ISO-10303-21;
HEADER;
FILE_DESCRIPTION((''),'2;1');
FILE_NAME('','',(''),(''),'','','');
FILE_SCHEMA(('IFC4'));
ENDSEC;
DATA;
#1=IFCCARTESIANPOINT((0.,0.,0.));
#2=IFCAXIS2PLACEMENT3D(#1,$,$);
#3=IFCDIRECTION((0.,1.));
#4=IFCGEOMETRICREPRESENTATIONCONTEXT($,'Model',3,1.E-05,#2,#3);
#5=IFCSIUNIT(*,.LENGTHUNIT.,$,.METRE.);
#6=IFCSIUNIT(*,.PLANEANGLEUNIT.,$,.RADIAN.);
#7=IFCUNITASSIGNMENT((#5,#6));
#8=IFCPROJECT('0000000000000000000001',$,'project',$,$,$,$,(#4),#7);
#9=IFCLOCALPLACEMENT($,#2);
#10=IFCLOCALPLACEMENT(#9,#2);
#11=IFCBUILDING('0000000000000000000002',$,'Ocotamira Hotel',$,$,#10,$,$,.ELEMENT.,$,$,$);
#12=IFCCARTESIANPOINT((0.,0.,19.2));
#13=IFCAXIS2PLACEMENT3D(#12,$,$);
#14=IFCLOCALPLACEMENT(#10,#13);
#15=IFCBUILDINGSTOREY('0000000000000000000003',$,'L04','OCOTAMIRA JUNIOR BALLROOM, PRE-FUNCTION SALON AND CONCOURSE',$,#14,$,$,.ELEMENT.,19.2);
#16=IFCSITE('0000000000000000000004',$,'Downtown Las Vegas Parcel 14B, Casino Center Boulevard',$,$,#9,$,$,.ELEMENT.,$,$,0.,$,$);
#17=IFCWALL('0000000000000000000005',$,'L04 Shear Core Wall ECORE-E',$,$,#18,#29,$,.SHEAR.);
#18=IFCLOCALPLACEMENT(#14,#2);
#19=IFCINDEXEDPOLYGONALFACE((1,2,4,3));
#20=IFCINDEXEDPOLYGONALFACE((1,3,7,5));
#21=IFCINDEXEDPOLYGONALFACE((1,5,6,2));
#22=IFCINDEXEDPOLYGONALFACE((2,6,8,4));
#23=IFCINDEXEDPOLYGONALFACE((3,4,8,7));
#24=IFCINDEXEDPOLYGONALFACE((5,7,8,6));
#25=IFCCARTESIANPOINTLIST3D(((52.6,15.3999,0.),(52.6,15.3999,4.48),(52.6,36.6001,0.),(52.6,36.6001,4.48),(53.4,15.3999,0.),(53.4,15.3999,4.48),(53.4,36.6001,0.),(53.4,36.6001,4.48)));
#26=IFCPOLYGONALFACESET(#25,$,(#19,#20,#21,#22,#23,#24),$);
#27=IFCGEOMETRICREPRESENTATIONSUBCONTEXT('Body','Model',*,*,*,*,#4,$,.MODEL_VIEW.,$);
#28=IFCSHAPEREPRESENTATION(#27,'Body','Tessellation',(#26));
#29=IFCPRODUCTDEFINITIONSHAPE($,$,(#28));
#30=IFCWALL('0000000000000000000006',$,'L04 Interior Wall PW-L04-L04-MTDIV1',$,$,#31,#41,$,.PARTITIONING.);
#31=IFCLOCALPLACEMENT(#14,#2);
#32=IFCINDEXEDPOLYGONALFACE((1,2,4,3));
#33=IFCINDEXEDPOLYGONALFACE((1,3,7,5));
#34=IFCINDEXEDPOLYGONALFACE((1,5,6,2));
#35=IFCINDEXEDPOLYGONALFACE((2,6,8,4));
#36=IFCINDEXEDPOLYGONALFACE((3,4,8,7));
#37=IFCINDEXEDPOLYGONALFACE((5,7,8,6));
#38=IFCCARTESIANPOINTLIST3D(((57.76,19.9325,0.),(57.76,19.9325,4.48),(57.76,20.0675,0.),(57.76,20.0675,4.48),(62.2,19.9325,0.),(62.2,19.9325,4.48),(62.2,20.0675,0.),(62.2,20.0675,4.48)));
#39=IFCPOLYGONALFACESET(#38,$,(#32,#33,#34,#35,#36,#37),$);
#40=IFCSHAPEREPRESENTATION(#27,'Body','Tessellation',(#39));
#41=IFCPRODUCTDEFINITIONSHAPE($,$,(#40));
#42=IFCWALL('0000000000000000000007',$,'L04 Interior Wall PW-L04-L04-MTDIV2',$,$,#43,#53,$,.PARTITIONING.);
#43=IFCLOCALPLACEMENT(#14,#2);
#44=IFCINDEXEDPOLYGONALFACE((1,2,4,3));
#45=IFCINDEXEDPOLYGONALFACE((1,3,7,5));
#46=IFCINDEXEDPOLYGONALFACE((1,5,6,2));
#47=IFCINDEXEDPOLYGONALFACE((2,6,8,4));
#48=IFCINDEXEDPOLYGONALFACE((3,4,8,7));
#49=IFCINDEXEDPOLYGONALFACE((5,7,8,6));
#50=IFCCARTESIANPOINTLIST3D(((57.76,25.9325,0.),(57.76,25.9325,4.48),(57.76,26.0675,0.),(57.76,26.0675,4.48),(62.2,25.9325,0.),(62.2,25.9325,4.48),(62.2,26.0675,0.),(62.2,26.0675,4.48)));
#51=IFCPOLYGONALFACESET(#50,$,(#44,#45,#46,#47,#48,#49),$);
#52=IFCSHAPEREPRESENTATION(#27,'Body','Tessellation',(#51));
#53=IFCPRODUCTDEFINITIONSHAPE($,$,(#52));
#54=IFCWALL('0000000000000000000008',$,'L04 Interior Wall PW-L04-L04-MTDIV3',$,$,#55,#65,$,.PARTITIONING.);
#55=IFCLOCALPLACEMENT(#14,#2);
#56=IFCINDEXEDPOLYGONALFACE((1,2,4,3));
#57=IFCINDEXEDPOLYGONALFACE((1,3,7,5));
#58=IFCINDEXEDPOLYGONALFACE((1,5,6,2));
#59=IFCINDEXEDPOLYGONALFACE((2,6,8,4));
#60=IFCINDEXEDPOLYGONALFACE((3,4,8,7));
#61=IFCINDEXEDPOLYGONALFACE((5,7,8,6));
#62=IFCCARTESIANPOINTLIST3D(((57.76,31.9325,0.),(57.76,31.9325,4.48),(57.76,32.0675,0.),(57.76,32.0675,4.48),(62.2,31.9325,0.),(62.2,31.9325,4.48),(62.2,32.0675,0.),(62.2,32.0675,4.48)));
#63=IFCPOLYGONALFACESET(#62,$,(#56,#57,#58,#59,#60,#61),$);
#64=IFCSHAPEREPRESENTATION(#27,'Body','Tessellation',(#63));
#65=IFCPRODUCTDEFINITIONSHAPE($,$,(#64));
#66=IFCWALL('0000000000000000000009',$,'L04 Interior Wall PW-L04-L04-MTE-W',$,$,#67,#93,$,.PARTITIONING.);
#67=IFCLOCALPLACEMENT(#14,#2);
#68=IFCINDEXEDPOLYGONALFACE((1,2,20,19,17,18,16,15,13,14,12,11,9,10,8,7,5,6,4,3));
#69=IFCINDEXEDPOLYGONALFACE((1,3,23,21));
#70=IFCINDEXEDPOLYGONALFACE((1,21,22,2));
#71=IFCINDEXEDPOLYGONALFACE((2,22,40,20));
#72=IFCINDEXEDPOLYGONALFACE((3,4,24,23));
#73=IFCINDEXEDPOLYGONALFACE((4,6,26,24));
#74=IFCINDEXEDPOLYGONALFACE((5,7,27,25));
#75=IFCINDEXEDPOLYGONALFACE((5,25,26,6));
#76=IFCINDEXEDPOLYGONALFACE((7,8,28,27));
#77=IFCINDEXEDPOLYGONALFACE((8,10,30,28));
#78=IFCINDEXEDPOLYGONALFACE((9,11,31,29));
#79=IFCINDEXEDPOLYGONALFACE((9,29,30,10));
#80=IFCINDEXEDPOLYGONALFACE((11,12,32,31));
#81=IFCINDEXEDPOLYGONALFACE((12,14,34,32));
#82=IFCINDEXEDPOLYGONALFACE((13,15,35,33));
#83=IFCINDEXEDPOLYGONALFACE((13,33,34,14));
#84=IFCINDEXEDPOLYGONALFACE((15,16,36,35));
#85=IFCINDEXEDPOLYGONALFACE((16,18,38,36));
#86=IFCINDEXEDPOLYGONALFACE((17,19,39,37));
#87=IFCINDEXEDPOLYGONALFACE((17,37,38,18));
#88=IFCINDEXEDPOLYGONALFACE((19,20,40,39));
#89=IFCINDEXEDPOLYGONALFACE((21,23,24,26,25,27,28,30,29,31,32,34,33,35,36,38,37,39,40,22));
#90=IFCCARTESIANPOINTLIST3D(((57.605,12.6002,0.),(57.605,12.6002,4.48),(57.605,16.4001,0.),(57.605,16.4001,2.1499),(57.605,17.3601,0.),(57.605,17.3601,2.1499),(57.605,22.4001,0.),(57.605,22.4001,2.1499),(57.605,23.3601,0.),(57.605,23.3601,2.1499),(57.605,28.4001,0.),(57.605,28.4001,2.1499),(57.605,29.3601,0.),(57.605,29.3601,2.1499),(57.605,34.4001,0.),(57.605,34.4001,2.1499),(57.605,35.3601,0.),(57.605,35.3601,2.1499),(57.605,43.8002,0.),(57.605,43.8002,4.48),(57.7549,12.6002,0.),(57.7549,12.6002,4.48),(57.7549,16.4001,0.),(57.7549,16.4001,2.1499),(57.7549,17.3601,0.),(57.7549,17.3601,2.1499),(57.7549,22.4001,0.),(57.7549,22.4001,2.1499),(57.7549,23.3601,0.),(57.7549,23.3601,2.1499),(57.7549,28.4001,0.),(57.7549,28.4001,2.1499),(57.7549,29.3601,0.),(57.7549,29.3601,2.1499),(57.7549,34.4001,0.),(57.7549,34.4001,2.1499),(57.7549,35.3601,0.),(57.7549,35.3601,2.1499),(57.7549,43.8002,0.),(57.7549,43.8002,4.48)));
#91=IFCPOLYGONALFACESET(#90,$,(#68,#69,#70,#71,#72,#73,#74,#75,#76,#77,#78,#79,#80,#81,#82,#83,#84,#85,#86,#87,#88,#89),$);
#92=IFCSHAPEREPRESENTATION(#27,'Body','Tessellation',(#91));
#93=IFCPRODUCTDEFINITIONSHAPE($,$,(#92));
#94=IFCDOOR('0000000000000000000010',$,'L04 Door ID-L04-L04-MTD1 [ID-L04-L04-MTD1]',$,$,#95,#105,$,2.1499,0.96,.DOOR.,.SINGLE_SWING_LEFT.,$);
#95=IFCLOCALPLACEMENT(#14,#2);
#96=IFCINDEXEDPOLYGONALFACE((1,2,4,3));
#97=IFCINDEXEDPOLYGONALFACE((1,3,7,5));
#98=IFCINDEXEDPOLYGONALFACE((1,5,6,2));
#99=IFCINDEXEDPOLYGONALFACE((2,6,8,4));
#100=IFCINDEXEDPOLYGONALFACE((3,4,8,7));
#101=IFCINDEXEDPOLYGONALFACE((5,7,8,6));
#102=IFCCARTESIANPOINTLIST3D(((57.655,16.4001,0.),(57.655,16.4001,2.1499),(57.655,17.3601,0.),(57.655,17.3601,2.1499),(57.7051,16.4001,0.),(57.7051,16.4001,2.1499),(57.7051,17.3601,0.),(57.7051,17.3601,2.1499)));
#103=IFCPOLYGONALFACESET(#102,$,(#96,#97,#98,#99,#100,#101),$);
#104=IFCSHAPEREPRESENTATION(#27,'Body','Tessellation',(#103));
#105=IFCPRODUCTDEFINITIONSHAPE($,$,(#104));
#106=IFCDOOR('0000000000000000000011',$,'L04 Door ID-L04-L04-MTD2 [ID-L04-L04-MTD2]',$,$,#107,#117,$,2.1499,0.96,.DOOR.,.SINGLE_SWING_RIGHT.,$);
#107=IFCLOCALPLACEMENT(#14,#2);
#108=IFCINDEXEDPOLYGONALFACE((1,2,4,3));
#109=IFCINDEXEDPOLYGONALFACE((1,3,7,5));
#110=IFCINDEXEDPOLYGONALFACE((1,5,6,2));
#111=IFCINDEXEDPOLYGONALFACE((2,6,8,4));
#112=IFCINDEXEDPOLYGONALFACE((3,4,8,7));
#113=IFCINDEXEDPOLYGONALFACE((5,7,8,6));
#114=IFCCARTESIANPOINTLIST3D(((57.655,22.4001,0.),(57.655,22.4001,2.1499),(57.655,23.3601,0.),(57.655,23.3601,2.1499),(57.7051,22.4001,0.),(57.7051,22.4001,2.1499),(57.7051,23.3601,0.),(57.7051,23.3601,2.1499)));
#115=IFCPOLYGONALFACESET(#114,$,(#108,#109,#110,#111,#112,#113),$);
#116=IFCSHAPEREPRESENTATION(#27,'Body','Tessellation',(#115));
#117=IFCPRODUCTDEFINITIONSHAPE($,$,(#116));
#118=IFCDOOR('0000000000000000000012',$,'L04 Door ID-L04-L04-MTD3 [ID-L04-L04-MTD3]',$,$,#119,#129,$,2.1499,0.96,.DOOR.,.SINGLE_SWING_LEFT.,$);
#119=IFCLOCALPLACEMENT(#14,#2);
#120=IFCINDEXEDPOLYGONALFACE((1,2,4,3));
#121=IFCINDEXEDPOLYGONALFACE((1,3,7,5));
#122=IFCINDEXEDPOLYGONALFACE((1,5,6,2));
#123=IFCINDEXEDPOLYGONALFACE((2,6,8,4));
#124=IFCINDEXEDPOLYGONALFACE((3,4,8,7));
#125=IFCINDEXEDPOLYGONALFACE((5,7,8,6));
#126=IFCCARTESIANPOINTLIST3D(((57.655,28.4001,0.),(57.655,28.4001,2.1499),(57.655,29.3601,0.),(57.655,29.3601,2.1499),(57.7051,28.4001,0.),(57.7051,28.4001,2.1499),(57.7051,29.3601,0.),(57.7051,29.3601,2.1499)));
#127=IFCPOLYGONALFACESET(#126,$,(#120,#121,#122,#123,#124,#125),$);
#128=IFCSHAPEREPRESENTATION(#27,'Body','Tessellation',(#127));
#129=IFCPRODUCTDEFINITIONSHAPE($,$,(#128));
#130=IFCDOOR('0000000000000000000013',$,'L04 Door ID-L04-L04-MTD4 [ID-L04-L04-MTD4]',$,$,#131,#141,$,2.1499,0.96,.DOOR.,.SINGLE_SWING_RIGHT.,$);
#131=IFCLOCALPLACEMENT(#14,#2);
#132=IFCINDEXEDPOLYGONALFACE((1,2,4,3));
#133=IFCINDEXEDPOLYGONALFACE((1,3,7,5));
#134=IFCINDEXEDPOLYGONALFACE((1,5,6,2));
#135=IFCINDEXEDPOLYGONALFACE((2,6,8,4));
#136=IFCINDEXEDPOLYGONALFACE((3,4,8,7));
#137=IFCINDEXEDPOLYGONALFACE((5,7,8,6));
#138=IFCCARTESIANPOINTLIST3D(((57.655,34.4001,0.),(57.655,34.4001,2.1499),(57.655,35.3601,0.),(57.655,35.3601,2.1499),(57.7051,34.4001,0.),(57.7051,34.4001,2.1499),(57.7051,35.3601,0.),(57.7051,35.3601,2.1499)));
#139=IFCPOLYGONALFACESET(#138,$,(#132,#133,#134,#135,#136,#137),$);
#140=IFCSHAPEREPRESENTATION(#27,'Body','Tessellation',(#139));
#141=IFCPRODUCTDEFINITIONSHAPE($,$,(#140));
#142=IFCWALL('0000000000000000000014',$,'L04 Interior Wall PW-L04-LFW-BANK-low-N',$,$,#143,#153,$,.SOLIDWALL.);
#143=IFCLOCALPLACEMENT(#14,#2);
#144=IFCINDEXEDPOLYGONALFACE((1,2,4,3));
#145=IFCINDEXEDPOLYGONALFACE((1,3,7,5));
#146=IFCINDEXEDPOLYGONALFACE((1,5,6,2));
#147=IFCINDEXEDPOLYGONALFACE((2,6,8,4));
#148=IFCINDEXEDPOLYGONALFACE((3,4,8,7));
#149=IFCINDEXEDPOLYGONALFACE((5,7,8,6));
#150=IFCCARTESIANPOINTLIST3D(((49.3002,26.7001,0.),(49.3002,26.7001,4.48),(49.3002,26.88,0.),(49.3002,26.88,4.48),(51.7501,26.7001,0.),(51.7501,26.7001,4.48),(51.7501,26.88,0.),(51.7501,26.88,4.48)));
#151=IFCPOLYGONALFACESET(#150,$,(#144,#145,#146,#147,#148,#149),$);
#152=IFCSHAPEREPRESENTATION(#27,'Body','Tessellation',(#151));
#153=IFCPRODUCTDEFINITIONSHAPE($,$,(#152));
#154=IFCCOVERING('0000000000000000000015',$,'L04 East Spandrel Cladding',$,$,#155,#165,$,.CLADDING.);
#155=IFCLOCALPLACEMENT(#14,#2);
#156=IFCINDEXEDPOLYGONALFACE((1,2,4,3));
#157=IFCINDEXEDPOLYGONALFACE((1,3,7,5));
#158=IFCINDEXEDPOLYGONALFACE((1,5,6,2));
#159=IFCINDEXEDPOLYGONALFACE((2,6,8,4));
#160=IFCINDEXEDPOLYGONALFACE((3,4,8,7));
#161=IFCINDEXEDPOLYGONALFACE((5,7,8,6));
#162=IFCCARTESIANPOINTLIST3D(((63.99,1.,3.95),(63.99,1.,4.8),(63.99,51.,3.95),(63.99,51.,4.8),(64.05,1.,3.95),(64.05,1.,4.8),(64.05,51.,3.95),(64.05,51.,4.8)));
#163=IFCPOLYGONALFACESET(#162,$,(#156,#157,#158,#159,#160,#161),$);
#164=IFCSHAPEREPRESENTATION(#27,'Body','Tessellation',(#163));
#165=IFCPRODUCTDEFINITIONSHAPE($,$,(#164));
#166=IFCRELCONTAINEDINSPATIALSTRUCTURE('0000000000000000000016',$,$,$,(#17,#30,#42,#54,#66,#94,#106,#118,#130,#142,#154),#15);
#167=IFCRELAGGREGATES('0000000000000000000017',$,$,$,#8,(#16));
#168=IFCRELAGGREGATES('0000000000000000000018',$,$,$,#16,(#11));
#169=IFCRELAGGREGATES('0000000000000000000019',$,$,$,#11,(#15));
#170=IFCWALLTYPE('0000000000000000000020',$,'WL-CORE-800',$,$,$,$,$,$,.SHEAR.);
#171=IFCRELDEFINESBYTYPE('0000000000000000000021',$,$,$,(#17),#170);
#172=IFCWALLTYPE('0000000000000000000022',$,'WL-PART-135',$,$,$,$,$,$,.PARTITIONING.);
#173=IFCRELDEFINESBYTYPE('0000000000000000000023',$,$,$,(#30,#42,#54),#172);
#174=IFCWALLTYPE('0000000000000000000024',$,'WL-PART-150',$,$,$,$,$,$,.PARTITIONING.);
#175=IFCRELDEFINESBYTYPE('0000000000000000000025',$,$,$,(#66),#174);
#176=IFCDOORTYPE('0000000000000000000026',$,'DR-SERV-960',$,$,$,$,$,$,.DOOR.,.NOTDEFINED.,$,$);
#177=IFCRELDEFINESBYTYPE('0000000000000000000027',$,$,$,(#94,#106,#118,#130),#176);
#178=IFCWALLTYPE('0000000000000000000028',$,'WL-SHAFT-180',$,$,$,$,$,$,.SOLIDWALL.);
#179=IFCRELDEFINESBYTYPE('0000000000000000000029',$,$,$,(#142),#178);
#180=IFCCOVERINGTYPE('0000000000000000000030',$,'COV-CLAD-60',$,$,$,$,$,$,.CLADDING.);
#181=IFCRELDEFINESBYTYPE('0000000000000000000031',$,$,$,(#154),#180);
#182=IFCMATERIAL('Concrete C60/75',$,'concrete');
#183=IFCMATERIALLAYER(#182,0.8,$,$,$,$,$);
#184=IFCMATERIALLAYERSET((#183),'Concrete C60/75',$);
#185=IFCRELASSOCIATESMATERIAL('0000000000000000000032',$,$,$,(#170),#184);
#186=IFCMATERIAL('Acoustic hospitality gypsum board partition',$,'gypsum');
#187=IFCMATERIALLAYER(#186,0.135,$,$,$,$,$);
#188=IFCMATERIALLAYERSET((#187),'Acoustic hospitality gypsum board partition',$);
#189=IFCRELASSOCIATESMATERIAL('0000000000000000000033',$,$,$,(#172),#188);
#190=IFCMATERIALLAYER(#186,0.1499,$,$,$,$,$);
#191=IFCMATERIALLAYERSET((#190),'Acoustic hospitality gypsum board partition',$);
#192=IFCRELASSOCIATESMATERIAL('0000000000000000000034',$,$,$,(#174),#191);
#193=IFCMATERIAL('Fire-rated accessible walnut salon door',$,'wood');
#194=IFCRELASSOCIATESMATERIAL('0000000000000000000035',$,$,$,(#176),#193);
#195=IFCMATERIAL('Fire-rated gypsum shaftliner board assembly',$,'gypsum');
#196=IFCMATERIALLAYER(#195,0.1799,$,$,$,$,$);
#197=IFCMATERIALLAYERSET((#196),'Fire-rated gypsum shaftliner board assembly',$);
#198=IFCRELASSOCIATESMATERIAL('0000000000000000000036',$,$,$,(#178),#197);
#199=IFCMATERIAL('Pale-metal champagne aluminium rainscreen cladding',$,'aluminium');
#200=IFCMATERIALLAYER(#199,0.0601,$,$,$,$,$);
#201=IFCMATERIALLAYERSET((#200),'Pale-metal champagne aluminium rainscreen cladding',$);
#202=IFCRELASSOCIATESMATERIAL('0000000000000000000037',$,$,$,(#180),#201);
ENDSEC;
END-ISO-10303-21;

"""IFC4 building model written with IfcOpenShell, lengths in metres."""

from ifc_helpers import new_model, si_unit, direction, frame, frame_2d, origin, origin_2d, place, context, subcontext, project, spatial, rectangle, extrude, source, transform, mapped, material, layer, layer_set, type_object, element, fill, save


model = new_model("IFC4")

# Units and contexts
model_context = context("Model", 3, precision=1e-05, world=origin(), true_north=direction((0.0, 1.0)))
body_context = subcontext(model_context, "Body", "Model", "MODEL_VIEW")
ifc_project = project(units=[si_unit("LENGTHUNIT", "METRE"), si_unit("PLANEANGLEUNIT", "RADIAN")], contexts=[model_context])

# Site, building, storey
site_placement = place(None, origin())
site = spatial("IfcSite", under=ifc_project, at=site_placement, Name="Downtown Las Vegas Parcel 14B, Casino Center Boulevard", CompositionType="ELEMENT", RefElevation=0.0)
building_placement = place(site_placement, origin())
building = spatial("IfcBuilding", under=site, at=building_placement, Name="Ocotamira Hotel", CompositionType="ELEMENT")
storey_placement = place(building_placement, frame((0.0, 0.0, 19.2)))
storey = spatial("IfcBuildingStorey", under=building, at=storey_placement, Name="L04", Description="OCOTAMIRA JUNIOR BALLROOM, PRE-FUNCTION SALON AND CONCOURSE", CompositionType="ELEMENT", Elevation=19.2)

# Shared definitions
ifc_material_1 = material(Name="Concrete C60/75", Category="concrete")

# Walls
ifc_layer_1 = layer(ifc_material_1, 0.8)
ifc_layer_set_1 = layer_set([ifc_layer_1], Name="Concrete C60/75")
wall_type_1 = type_object("IfcWallType", Name="WL-CORE-800", PredefinedType="SHEAR", material=ifc_layer_set_1)
wall_1_placement = place(storey_placement, frame((53.0, 15.3999, 0.0), z_axis=(0.0, 0.0, 1.0), x_axis=(0.0, 1.0, 0.0)))
element("IfcWall", 1, at=wall_1_placement, inside=storey, type_object=wall_type_1, Name="L04 Shear Core Wall ECORE-E", PredefinedType="SHEAR", context=body_context, shape_type="SweptSolid", body=[
    extrude(rectangle(XDim=21.2002, YDim=0.8, at=frame_2d((10.6001, 0.0))), origin(), (0.0, 0.0, 1.0), 4.48),
])
ifc_material_2 = material(Name="Acoustic hospitality gypsum board partition", Category="gypsum")
ifc_layer_2 = layer(ifc_material_2, 0.135)
ifc_layer_set_2 = layer_set([ifc_layer_2], Name="Acoustic hospitality gypsum board partition")
wall_type_2 = type_object("IfcWallType", Name="WL-PART-135", PredefinedType="PARTITIONING", material=ifc_layer_set_2)
for number, where, z_axis, x_axis, name in (
    (2, (57.76, 20.0, 0.0), (0.0, 0.0, 1.0), (1.0, 0.0, 0.0), "L04 Interior Wall PW-L04-L04-MTDIV1"),
    (3, (57.76, 26.0, 0.0), (0.0, 0.0, 1.0), (1.0, 0.0, 0.0), "L04 Interior Wall PW-L04-L04-MTDIV2"),
    (4, (57.76, 32.0, 0.0), (0.0, 0.0, 1.0), (1.0, 0.0, 0.0), "L04 Interior Wall PW-L04-L04-MTDIV3"),
):
    element("IfcWall", number, at=place(storey_placement, frame(where, z_axis=z_axis, x_axis=x_axis)), inside=storey, type_object=wall_type_2, Name=name, PredefinedType="PARTITIONING", context=body_context, shape_type="SweptSolid", body=[
        extrude(rectangle(XDim=4.4399, YDim=0.135, at=frame_2d((2.22, 0.0))), origin(), (0.0, 0.0, 1.0), 4.48),
    ])

# Wall, openings, doors
ifc_layer_3 = layer(ifc_material_2, 0.1499)
ifc_layer_set_3 = layer_set([ifc_layer_3], Name="Acoustic hospitality gypsum board partition")
wall_type_3 = type_object("IfcWallType", Name="WL-PART-150", PredefinedType="PARTITIONING", material=ifc_layer_set_3)
wall_2_placement = place(storey_placement, frame((57.6799, 12.6001, 0.0), z_axis=(0.0, 0.0, 1.0), x_axis=(0.0, 1.0, 0.0)))
wall_2 = element("IfcWall", 5, at=wall_2_placement, inside=storey, type_object=wall_type_3, Name="L04 Interior Wall PW-L04-L04-MTE-W", PredefinedType="PARTITIONING", context=body_context, shape_type="SweptSolid", body=[
    extrude(rectangle(XDim=31.2, YDim=0.1499, at=frame_2d((15.6001, 0.0))), origin(), (0.0, 0.0, 1.0), 4.48),
])
opening_1_placement = place(wall_2_placement, frame((3.8, 0.0, 0.0)))
opening_1 = element("IfcOpeningElement", 6, at=opening_1_placement, cuts=wall_2, PredefinedType="OPENING", context=body_context, shape_type="SweptSolid", body=[
    extrude(rectangle(XDim=0.96, YDim=2.1499, at=frame_2d((0.48, 1.075))), frame((0.0, 0.085, 0.0), z_axis=(0.0, -1.0, 0.0), x_axis=(1.0, 0.0, 0.0)), (0.0, 0.0, 1.0), 0.1699),
])
opening_2_placement = place(wall_2_placement, frame((9.8, 0.0, 0.0)))
opening_2 = element("IfcOpeningElement", 7, at=opening_2_placement, cuts=wall_2, PredefinedType="OPENING", context=body_context, shape_type="SweptSolid", body=[
    extrude(rectangle(XDim=0.96, YDim=2.1499, at=frame_2d((0.48, 1.075))), frame((0.0, 0.085, 0.0), z_axis=(0.0, -1.0, 0.0), x_axis=(1.0, 0.0, 0.0)), (0.0, 0.0, 1.0), 0.1699),
])
opening_3_placement = place(wall_2_placement, frame((15.8, 0.0, 0.0)))
opening_3 = element("IfcOpeningElement", 8, at=opening_3_placement, cuts=wall_2, PredefinedType="OPENING", context=body_context, shape_type="SweptSolid", body=[
    extrude(rectangle(XDim=0.96, YDim=2.1499, at=frame_2d((0.48, 1.075))), frame((0.0, 0.085, 0.0), z_axis=(0.0, -1.0, 0.0), x_axis=(1.0, 0.0, 0.0)), (0.0, 0.0, 1.0), 0.1699),
])
opening_4_placement = place(wall_2_placement, frame((21.8, 0.0, 0.0)))
opening_4 = element("IfcOpeningElement", 9, at=opening_4_placement, cuts=wall_2, PredefinedType="OPENING", context=body_context, shape_type="SweptSolid", body=[
    extrude(rectangle(XDim=0.96, YDim=2.1499, at=frame_2d((0.48, 1.075))), frame((0.0, 0.085, 0.0), z_axis=(0.0, -1.0, 0.0), x_axis=(1.0, 0.0, 0.0)), (0.0, 0.0, 1.0), 0.1699),
])
ifc_material_3 = material(Name="Fire-rated accessible walnut salon door", Category="wood")
door_type = type_object("IfcDoorType", Name="DR-SERV-960", OperationType="NOTDEFINED", PredefinedType="DOOR", material=ifc_material_3)
shared_shape_1 = source(origin(), body_context, "Body", "SweptSolid", [
    extrude(rectangle(XDim=0.96, YDim=2.1499, at=frame_2d((0.48, 1.075))), frame((0.0, 0.0249, 0.0), z_axis=(0.0, -1.0, 0.0), x_axis=(1.0, 0.0, 0.0)), (0.0, 0.0, 1.0), 0.05),
])
door_1_placement = place(opening_1_placement, origin())
door_1 = element("IfcDoor", 10, at=door_1_placement, inside=storey, type_object=door_type, Name="L04 Door ID-L04-L04-MTD1 [ID-L04-L04-MTD1]", OperationType="SINGLE_SWING_LEFT", OverallHeight=2.1499, OverallWidth=0.96, PredefinedType="DOOR", context=body_context, shape_type="MappedRepresentation", body=[
    mapped(shared_shape_1, transform((0.0, 0.0, 0.0), scale=1.0)),
])
fill(opening_1, door_1)
door_2_placement = place(opening_2_placement, origin())
door_2 = element("IfcDoor", 11, at=door_2_placement, inside=storey, type_object=door_type, Name="L04 Door ID-L04-L04-MTD2 [ID-L04-L04-MTD2]", OperationType="SINGLE_SWING_RIGHT", OverallHeight=2.1499, OverallWidth=0.96, PredefinedType="DOOR", context=body_context, shape_type="MappedRepresentation", body=[
    mapped(shared_shape_1, transform((0.0, 0.0, 0.0), scale=1.0)),
])
fill(opening_2, door_2)
door_3_placement = place(opening_3_placement, origin())
door_3 = element("IfcDoor", 12, at=door_3_placement, inside=storey, type_object=door_type, Name="L04 Door ID-L04-L04-MTD3 [ID-L04-L04-MTD3]", OperationType="SINGLE_SWING_LEFT", OverallHeight=2.1499, OverallWidth=0.96, PredefinedType="DOOR", context=body_context, shape_type="MappedRepresentation", body=[
    mapped(shared_shape_1, transform((0.0, 0.0, 0.0), scale=1.0)),
])
fill(opening_3, door_3)
door_4_placement = place(opening_4_placement, origin())
door_4 = element("IfcDoor", 13, at=door_4_placement, inside=storey, type_object=door_type, Name="L04 Door ID-L04-L04-MTD4 [ID-L04-L04-MTD4]", OperationType="SINGLE_SWING_RIGHT", OverallHeight=2.1499, OverallWidth=0.96, PredefinedType="DOOR", context=body_context, shape_type="MappedRepresentation", body=[
    mapped(shared_shape_1, transform((0.0, 0.0, 0.0), scale=1.0)),
])
fill(opening_4, door_4)

# Wall
ifc_material_4 = material(Name="Fire-rated gypsum shaftliner board assembly", Category="gypsum")
ifc_layer_4 = layer(ifc_material_4, 0.1799)
ifc_layer_set_4 = layer_set([ifc_layer_4], Name="Fire-rated gypsum shaftliner board assembly")
wall_type_4 = type_object("IfcWallType", Name="WL-SHAFT-180", PredefinedType="SOLIDWALL", material=ifc_layer_set_4)
wall_3_placement = place(storey_placement, frame((49.3, 26.79, 0.0), z_axis=(0.0, 0.0, 1.0), x_axis=(1.0, 0.0, 0.0)))
element("IfcWall", 14, at=wall_3_placement, inside=storey, type_object=wall_type_4, Name="L04 Interior Wall PW-L04-LFW-BANK-low-N", PredefinedType="SOLIDWALL", context=body_context, shape_type="SweptSolid", body=[
    extrude(rectangle(XDim=2.45, YDim=0.1799, at=frame_2d((1.2251, 0.0))), origin(), (0.0, 0.0, 1.0), 4.48),
])

# Covering
ifc_material_5 = material(Name="Pale-metal champagne aluminium rainscreen cladding", Category="aluminium")
ifc_layer_5 = layer(ifc_material_5, 0.0601)
ifc_layer_set_5 = layer_set([ifc_layer_5], Name="Pale-metal champagne aluminium rainscreen cladding")
covering_type = type_object("IfcCoveringType", Name="COV-CLAD-60", PredefinedType="CLADDING", material=ifc_layer_set_5)
shared_shape_2 = source(origin(), body_context, "Body", "SweptSolid", [
    extrude(rectangle(XDim=0.0601, YDim=50.0, at=origin_2d()), origin(), (0.0, 0.0, 1.0), 0.8501),
])
covering_placement = place(storey_placement, frame((64.02, 26.0, 3.95), z_axis=(0.0, 0.0, 1.0), x_axis=(1.0, 0.0, 0.0)))
element("IfcCovering", 15, at=covering_placement, inside=storey, type_object=covering_type, Name="L04 East Spandrel Cladding", PredefinedType="CLADDING", context=body_context, shape_type="MappedRepresentation", body=[
    mapped(shared_shape_2, transform((0.0, 0.0, 0.0), scale=1.0)),
])

save(model, "model.ifc")
